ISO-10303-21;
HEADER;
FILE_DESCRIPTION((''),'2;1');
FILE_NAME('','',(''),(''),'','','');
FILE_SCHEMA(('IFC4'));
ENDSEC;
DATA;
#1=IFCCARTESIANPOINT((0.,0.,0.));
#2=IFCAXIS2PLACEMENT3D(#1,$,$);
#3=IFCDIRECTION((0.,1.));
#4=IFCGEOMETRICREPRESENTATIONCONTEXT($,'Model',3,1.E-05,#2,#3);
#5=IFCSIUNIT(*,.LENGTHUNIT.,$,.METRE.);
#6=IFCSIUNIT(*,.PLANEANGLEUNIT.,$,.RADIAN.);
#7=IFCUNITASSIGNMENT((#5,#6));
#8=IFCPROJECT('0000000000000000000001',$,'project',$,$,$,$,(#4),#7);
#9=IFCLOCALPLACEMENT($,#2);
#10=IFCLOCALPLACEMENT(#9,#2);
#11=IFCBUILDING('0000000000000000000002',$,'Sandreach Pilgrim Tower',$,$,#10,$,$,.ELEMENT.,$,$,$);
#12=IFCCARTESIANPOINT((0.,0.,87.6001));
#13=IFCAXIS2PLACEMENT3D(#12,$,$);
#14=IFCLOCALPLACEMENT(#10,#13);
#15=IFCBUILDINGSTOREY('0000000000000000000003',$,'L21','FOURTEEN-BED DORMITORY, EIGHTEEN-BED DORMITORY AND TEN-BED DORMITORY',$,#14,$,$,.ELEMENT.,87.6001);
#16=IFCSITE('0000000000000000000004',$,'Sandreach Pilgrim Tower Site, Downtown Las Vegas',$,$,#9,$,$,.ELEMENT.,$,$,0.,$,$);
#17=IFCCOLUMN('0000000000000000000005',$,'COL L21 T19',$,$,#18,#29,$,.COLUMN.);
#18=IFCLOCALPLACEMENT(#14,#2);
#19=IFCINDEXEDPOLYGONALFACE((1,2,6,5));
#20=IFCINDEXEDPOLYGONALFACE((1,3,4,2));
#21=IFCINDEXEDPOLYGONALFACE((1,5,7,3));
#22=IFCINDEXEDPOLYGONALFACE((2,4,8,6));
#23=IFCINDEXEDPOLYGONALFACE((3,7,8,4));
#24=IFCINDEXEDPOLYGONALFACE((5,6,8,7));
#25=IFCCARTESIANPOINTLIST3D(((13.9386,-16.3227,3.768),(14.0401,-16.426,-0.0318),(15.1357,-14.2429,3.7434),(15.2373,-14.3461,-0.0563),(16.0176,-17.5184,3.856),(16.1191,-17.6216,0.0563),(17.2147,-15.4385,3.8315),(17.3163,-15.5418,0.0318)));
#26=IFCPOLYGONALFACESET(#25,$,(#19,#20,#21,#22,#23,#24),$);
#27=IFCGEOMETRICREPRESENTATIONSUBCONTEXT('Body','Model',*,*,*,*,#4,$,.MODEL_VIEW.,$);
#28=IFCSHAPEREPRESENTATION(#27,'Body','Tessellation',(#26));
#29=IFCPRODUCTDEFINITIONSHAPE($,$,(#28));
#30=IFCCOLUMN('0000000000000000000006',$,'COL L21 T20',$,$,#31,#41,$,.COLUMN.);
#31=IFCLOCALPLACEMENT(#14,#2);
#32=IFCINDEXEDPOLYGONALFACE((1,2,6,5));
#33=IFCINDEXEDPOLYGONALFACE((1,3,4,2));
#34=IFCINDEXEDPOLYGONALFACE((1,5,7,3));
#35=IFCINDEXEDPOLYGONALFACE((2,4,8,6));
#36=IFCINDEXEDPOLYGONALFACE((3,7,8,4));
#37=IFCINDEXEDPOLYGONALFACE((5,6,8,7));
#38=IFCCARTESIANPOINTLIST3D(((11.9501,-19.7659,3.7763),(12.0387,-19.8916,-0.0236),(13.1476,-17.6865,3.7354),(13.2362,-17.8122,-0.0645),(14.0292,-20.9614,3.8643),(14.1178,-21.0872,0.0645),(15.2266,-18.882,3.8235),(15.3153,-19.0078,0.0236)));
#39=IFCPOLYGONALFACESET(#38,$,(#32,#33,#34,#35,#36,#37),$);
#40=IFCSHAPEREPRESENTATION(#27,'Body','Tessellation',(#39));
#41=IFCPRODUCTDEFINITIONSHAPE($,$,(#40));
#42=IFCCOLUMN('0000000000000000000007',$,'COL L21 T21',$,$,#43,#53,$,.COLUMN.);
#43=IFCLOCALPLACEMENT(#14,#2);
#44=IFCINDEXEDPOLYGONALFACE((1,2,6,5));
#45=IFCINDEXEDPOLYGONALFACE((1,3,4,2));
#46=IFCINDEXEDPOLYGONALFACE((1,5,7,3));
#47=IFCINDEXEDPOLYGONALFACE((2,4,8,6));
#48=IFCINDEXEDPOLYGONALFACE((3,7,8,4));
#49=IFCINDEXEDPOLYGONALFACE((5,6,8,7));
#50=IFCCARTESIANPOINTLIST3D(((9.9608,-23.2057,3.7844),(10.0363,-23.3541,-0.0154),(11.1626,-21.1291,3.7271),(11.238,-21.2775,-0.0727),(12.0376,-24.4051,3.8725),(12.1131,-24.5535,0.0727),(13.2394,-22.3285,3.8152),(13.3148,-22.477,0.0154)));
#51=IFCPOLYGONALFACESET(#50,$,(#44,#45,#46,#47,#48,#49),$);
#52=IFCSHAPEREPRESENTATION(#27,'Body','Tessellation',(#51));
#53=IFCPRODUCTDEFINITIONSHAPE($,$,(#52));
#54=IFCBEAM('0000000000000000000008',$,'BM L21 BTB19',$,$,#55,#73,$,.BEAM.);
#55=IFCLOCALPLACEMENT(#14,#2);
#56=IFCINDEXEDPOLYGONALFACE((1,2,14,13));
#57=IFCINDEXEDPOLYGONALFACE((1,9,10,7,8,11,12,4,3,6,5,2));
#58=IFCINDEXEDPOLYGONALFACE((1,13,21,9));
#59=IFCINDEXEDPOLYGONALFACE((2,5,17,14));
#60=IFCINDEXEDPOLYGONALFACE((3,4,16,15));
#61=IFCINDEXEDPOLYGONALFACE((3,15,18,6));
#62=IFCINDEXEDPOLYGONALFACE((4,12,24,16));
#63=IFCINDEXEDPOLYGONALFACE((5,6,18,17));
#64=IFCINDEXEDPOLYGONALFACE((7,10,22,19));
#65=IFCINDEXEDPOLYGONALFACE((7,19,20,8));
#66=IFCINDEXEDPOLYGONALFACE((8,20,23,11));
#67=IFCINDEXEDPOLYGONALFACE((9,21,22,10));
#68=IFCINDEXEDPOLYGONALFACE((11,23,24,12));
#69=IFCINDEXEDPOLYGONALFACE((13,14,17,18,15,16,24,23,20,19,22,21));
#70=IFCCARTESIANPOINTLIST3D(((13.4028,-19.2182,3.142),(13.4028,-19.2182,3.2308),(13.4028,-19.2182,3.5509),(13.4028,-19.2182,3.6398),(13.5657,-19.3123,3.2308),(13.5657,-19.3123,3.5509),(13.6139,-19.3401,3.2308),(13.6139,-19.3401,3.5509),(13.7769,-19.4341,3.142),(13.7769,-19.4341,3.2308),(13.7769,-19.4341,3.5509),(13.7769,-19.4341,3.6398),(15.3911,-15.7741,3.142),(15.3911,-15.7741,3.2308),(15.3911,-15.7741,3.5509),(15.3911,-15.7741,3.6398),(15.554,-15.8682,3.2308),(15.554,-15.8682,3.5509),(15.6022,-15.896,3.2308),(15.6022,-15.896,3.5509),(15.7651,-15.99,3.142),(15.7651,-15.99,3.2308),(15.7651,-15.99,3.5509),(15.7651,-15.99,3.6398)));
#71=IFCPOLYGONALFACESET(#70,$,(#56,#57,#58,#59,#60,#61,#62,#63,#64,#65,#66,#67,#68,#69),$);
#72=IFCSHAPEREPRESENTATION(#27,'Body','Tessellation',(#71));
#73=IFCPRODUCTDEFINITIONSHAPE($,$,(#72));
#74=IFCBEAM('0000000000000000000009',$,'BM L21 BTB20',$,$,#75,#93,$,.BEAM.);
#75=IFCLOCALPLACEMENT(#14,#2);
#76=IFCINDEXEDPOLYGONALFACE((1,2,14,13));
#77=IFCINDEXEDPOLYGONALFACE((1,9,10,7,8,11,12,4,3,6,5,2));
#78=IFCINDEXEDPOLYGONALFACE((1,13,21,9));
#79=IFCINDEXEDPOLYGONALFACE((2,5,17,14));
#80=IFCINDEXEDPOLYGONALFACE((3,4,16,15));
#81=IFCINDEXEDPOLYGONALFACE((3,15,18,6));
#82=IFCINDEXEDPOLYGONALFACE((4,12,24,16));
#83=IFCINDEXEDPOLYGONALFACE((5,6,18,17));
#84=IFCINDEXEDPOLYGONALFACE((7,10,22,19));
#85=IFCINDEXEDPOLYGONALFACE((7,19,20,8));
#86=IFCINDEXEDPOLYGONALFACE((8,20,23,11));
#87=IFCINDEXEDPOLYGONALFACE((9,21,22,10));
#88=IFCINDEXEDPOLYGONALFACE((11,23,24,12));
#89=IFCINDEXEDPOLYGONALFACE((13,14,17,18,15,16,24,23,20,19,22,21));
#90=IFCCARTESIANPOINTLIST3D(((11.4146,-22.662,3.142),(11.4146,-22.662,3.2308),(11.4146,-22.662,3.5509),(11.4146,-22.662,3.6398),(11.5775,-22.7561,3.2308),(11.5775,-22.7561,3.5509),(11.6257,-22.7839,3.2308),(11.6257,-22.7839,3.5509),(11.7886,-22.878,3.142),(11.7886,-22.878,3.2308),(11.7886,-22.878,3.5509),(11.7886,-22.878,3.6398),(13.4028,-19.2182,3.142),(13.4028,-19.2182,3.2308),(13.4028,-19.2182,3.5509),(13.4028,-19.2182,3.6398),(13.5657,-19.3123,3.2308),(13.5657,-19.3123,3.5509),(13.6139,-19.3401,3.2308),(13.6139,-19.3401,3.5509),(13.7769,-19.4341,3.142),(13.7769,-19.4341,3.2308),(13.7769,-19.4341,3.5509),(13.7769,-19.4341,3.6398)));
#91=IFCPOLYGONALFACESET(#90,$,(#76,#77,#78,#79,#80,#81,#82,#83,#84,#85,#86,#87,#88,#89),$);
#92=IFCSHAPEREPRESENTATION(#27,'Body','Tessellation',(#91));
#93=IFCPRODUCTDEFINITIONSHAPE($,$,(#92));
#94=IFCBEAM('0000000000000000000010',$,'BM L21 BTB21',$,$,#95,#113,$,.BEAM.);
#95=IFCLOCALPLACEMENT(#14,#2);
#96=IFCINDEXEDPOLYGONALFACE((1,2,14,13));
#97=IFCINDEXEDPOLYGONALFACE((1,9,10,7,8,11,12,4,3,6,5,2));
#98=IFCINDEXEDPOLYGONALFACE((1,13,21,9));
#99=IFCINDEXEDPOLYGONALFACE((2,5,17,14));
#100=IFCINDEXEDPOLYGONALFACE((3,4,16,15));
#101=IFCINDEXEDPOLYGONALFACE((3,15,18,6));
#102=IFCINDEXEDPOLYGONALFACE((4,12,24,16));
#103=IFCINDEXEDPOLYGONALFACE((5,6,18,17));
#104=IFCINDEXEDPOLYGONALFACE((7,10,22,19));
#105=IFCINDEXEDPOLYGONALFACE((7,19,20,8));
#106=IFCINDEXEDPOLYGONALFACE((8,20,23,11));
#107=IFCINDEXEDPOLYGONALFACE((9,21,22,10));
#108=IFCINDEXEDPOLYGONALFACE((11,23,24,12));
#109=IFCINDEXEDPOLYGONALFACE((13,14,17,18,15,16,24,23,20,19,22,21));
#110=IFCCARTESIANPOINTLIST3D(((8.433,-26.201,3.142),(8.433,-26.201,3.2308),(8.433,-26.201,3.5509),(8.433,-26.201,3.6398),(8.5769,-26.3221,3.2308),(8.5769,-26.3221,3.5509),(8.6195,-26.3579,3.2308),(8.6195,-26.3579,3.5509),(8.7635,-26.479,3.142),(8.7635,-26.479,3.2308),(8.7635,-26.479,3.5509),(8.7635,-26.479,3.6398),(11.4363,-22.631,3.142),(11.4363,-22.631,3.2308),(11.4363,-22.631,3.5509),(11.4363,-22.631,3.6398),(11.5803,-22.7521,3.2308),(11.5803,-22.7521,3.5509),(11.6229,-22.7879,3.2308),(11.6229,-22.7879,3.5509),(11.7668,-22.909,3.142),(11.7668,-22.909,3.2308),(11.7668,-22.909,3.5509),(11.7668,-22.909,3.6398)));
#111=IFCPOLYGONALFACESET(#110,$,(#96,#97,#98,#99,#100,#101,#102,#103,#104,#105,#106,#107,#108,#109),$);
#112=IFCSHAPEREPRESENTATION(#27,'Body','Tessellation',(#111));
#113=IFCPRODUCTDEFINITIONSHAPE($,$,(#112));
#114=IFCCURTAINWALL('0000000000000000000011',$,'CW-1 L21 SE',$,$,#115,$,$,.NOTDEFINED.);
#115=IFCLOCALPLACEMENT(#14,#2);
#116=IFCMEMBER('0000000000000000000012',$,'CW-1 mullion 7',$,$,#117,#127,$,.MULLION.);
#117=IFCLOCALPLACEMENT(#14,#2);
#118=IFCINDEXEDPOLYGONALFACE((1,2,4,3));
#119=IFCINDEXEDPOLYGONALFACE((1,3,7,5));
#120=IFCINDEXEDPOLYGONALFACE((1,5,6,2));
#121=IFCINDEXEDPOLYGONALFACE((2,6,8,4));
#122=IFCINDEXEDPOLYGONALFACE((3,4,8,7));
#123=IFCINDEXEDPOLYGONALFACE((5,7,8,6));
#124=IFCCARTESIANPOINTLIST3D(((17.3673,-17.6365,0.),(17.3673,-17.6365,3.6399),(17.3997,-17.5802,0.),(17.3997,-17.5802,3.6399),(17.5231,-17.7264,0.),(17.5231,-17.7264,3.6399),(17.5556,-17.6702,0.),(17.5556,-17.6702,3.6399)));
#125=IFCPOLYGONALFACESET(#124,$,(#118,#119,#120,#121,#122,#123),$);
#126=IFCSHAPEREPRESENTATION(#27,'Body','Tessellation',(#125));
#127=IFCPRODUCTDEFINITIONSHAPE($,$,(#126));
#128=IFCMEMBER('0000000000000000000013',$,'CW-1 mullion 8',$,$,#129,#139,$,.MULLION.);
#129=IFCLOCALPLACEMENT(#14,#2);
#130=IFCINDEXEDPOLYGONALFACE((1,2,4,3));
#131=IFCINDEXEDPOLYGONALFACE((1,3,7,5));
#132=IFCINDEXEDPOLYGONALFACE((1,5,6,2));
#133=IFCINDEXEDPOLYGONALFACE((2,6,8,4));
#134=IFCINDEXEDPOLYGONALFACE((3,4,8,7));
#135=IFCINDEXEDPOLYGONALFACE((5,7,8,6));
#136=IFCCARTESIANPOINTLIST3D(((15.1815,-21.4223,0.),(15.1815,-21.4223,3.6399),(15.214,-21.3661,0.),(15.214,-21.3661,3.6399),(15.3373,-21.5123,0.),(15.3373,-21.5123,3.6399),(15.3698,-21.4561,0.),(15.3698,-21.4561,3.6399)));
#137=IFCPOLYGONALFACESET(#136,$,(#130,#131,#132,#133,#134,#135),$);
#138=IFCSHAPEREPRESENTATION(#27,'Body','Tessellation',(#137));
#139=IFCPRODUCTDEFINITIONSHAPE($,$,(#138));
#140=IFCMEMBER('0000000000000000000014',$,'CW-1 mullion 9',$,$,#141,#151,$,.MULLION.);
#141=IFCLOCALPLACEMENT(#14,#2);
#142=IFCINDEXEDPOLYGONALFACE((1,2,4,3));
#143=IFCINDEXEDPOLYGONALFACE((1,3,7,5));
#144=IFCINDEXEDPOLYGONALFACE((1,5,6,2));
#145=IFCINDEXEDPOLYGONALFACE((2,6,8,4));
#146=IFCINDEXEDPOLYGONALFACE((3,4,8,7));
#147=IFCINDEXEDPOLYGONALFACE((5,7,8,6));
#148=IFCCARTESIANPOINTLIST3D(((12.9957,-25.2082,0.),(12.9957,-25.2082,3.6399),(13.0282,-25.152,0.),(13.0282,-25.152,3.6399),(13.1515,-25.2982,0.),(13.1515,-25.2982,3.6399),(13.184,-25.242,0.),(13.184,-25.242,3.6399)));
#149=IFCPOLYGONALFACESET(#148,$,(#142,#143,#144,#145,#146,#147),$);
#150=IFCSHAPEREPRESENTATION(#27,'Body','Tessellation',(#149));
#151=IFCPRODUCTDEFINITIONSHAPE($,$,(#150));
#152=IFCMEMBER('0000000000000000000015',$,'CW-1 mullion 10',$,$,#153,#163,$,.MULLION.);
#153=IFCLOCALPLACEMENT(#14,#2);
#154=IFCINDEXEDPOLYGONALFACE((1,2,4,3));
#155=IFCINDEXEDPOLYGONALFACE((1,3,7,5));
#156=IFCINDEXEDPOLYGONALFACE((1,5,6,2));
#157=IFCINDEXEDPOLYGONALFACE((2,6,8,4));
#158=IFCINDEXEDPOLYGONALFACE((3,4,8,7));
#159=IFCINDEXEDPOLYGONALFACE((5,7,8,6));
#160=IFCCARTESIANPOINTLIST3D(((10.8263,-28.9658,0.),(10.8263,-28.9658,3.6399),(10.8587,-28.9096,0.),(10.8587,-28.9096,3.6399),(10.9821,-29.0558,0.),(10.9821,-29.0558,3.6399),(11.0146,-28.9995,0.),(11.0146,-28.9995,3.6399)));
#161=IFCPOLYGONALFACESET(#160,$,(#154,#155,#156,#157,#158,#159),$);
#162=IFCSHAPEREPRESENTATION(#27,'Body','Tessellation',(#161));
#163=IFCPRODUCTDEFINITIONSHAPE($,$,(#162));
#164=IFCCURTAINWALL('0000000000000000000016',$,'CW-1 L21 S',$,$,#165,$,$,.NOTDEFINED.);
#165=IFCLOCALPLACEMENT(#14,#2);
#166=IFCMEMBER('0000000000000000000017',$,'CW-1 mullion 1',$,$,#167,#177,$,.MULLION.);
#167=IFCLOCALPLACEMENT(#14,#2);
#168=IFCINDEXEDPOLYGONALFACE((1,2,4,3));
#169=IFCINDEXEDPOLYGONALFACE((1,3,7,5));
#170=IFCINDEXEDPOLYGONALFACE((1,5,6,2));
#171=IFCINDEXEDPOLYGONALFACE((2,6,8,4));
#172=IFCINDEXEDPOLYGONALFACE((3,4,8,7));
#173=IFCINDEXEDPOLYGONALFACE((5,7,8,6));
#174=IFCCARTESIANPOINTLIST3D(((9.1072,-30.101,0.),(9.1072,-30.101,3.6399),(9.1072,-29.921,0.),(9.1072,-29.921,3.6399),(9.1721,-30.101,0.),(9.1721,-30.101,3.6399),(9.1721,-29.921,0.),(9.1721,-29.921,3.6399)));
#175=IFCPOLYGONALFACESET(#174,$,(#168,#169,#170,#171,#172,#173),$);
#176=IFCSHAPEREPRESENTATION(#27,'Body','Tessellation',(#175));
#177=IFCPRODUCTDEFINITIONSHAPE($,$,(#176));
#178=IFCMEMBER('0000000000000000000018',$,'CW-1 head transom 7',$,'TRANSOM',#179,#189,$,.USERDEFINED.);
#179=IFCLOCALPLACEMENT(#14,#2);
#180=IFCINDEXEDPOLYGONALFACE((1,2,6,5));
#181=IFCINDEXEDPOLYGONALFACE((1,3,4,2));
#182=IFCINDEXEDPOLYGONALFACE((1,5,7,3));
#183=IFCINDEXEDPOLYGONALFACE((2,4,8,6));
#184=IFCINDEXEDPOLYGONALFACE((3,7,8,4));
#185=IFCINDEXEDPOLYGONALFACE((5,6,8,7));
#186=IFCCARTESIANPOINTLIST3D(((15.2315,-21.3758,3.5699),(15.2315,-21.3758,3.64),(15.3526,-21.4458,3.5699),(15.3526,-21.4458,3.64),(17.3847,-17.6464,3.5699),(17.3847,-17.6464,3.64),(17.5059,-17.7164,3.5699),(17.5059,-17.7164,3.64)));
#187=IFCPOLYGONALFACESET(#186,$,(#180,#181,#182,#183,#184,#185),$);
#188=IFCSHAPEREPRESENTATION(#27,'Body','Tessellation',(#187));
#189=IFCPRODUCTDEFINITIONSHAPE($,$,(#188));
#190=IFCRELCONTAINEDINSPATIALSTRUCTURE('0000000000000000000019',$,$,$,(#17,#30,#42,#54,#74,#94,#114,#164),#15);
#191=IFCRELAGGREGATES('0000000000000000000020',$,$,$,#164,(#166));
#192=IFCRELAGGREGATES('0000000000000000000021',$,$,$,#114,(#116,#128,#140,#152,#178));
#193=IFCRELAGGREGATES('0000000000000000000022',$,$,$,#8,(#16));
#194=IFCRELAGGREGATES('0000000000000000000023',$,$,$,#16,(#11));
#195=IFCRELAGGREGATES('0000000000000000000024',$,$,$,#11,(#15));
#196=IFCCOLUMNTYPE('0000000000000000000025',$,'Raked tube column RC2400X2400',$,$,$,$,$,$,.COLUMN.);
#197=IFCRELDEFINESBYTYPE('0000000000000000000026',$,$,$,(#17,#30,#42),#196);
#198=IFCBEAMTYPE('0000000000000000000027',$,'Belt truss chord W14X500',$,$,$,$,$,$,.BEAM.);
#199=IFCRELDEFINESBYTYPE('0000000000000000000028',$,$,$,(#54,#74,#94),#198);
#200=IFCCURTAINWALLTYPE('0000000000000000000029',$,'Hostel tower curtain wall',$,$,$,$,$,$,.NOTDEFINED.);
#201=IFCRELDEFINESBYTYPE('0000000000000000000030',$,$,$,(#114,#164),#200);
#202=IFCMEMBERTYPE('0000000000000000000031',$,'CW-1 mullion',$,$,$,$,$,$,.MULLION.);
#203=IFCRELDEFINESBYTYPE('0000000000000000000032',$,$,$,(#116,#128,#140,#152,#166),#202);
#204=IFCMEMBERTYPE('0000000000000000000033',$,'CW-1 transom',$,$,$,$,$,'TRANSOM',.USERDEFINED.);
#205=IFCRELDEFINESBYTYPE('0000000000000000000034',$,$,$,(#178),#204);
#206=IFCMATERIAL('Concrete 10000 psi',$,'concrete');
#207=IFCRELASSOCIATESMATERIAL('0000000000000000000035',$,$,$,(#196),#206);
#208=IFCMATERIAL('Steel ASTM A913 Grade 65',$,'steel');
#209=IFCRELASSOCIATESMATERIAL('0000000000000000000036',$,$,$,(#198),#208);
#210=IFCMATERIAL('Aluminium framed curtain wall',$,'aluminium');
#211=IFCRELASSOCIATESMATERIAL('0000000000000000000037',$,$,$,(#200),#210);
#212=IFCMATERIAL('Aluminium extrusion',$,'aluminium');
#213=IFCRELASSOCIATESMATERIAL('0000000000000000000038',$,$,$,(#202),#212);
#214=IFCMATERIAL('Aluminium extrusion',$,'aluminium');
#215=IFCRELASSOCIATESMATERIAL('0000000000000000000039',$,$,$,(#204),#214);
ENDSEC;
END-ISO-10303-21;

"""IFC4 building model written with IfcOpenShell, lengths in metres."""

from ifc_helpers import new_model, si_unit, direction, frame, origin, origin_2d, place, context, subcontext, project, spatial, rectangle, i_section, extrude, material, material_profile, profile_set, type_object, element, aggregate, save


model = new_model("IFC4")

# Units and contexts
model_context = context("Model", 3, precision=1e-05, world=origin(), true_north=direction((0.0, 1.0)))
body_context = subcontext(model_context, "Body", "Model", "MODEL_VIEW")
ifc_project = project(units=[si_unit("LENGTHUNIT", "METRE"), si_unit("PLANEANGLEUNIT", "RADIAN")], contexts=[model_context])

# Site, building, storey
site_placement = place(None, origin())
site = spatial("IfcSite", under=ifc_project, at=site_placement, Name="Sandreach Pilgrim Tower Site, Downtown Las Vegas", CompositionType="ELEMENT", RefElevation=0.0)
building_placement = place(site_placement, origin())
building = spatial("IfcBuilding", under=site, at=building_placement, Name="Sandreach Pilgrim Tower", CompositionType="ELEMENT")
storey_placement = place(building_placement, frame((0.0, 0.0, 87.6001)))
storey = spatial("IfcBuildingStorey", under=building, at=storey_placement, Name="L21", Description="FOURTEEN-BED DORMITORY, EIGHTEEN-BED DORMITORY AND TEN-BED DORMITORY", CompositionType="ELEMENT", Elevation=87.6001)

# Columns
ifc_material_1 = material(Name="Concrete 10000 psi", Category="concrete")
ifc_material_profile_1 = material_profile(ifc_material_1, rectangle(XDim=2.3999, YDim=2.3999, at=origin_2d()), Name="RC2400X2400")
ifc_profile_set_1 = profile_set([ifc_material_profile_1], Name="Concrete 10000 psi")
column_type = type_object("IfcColumnType", Name="Raked tube column RC2400X2400", PredefinedType="COLUMN", material=ifc_profile_set_1)
column_1_placement = place(storey_placement, frame((15.6782, -15.9839, 0.0), z_axis=(-0.026709, 0.027158, 0.999274), x_axis=(0.866285, -0.4982, 0.036695)))
element("IfcColumn", 1, at=column_1_placement, inside=storey, type_object=column_type, Name="COL L21 T19", PredefinedType="COLUMN", context=body_context, shape_type="SweptSolid", body=[
    extrude(rectangle(XDim=2.3999, YDim=2.3999, at=origin_2d()), origin(), (0.0, 0.0, 1.0), 3.8025),
])
column_2_placement = place(storey_placement, frame((13.677, -19.4497, 0.0), z_axis=(-0.023304, 0.033062, 0.999182), x_axis=(0.86631, -0.498157, 0.036689)))
element("IfcColumn", 2, at=column_2_placement, inside=storey, type_object=column_type, Name="COL L21 T20", PredefinedType="COLUMN", context=body_context, shape_type="SweptSolid", body=[
    extrude(rectangle(XDim=2.3999, YDim=2.3999, at=origin_2d()), origin(), (0.0, 0.0, 1.0), 3.803),
])
column_3_placement = place(storey_placement, frame((11.6755, -22.9155, 0.0), z_axis=(-0.019834, 0.039027, 0.999041), x_axis=(0.865371, -0.499786, 0.036705)))
element("IfcColumn", 3, at=column_3_placement, inside=storey, type_object=column_type, Name="COL L21 T21", PredefinedType="COLUMN", context=body_context, shape_type="SweptSolid", body=[
    extrude(rectangle(XDim=2.3999, YDim=2.3999, at=origin_2d()), origin(), (0.0, 0.0, 1.0), 3.8035),
])

# Beams
ifc_material_2 = material(Name="Steel ASTM A913 Grade 65", Category="steel")
ifc_material_profile_2 = material_profile(ifc_material_2, i_section(OverallWidth=0.4319, OverallDepth=0.4978, WebThickness=0.0557, FlangeThickness=0.0889, at=origin_2d()), Name="W14X500")
ifc_profile_set_2 = profile_set([ifc_material_profile_2], Name="Steel ASTM A913 Grade 65")
beam_type_1 = type_object("IfcBeamType", Name="Belt truss chord W14X500", PredefinedType="BEAM", material=ifc_profile_set_2)
beam_1_placement = place(storey_placement, frame((15.5781, -15.8821, 3.3909), z_axis=(-0.499969, -0.866043, 0.0), x_axis=(0.866043, -0.499969, 0.0)))
element("IfcBeam", 4, at=beam_1_placement, inside=storey, type_object=beam_type_1, Name="BM L21 BTB19", PredefinedType="BEAM", context=body_context, shape_type="SweptSolid", body=[
    extrude(i_section(OverallWidth=0.4319, OverallDepth=0.4978, WebThickness=0.0557, FlangeThickness=0.0889, at=origin_2d()), origin(), (0.0, 0.0, 1.0), 3.9768),
])
beam_2_placement = place(storey_placement, frame((13.5898, -19.3262, 3.3909), z_axis=(-0.499995, -0.866028, 0.0), x_axis=(0.866028, -0.499995, 0.0)))
element("IfcBeam", 5, at=beam_2_placement, inside=storey, type_object=beam_type_1, Name="BM L21 BTB20", PredefinedType="BEAM", context=body_context, shape_type="SweptSolid", body=[
    extrude(i_section(OverallWidth=0.4319, OverallDepth=0.4978, WebThickness=0.0557, FlangeThickness=0.0889, at=origin_2d()), origin(), (0.0, 0.0, 1.0), 3.9766),
])
beam_3_placement = place(storey_placement, frame((11.6016, -22.77, 3.3909), z_axis=(-0.643765, -0.765223, 0.0), x_axis=(0.765223, -0.643765, 0.0)))
element("IfcBeam", 6, at=beam_3_placement, inside=storey, type_object=beam_type_1, Name="BM L21 BTB21", PredefinedType="BEAM", context=body_context, shape_type="SweptSolid", body=[
    extrude(i_section(OverallWidth=0.4319, OverallDepth=0.4978, WebThickness=0.0557, FlangeThickness=0.0889, at=origin_2d()), origin(), (0.0, 0.0, 1.0), 4.6653),
])

# Curtain wall, members
ifc_material_3 = material(Name="Aluminium framed curtain wall", Category="aluminium")
curtain_wall_type = type_object("IfcCurtainWallType", Name="Hostel tower curtain wall", PredefinedType="NOTDEFINED", material=ifc_material_3)
curtain_wall_1_placement = place(storey_placement, origin())
curtain_wall_1 = element("IfcCurtainWall", 7, at=curtain_wall_1_placement, inside=storey, type_object=curtain_wall_type, Name="CW-1 L21 SE", PredefinedType="NOTDEFINED")
ifc_material_4 = material(Name="Aluminium extrusion", Category="aluminium")
ifc_material_profile_3 = material_profile(ifc_material_4, rectangle(XDim=0.0649, YDim=0.1799, at=origin_2d()), Name="CW-1M 65X180")
ifc_profile_set_3 = profile_set([ifc_material_profile_3], Name="Aluminium extrusion")
member_type_1 = type_object("IfcMemberType", Name="CW-1 mullion", PredefinedType="MULLION", material=ifc_profile_set_3)
member_1_placement = place(storey_placement, frame((17.4614, -17.6533, 0.0), z_axis=(0.0, 0.0, 1.0), x_axis=(-0.5, -0.866025, 0.0)))
member_1 = element("IfcMember", 8, at=member_1_placement, type_object=member_type_1, Name="CW-1 mullion 7", PredefinedType="MULLION", context=body_context, shape_type="SweptSolid", body=[
    extrude(rectangle(XDim=0.0649, YDim=0.1799, at=origin_2d()), origin(), (0.0, 0.0, 1.0), 3.6399),
])
member_2_placement = place(storey_placement, frame((15.2756, -21.4392, 0.0), z_axis=(0.0, 0.0, 1.0), x_axis=(-0.5, -0.866025, 0.0)))
member_2 = element("IfcMember", 9, at=member_2_placement, type_object=member_type_1, Name="CW-1 mullion 8", PredefinedType="MULLION", context=body_context, shape_type="SweptSolid", body=[
    extrude(rectangle(XDim=0.0649, YDim=0.1799, at=origin_2d()), origin(), (0.0, 0.0, 1.0), 3.6399),
])
member_3_placement = place(storey_placement, frame((13.0898, -25.2251, 0.0), z_axis=(0.0, 0.0, 1.0), x_axis=(-0.5, -0.866025, 0.0)))
member_3 = element("IfcMember", 10, at=member_3_placement, type_object=member_type_1, Name="CW-1 mullion 9", PredefinedType="MULLION", context=body_context, shape_type="SweptSolid", body=[
    extrude(rectangle(XDim=0.0649, YDim=0.1799, at=origin_2d()), origin(), (0.0, 0.0, 1.0), 3.6399),
])
member_4_placement = place(storey_placement, frame((10.9204, -28.9827, 0.0), z_axis=(0.0, 0.0, 1.0), x_axis=(-0.5, -0.866025, 0.0)))
member_4 = element("IfcMember", 11, at=member_4_placement, type_object=member_type_1, Name="CW-1 mullion 10", PredefinedType="MULLION", context=body_context, shape_type="SweptSolid", body=[
    extrude(rectangle(XDim=0.0649, YDim=0.1799, at=origin_2d()), origin(), (0.0, 0.0, 1.0), 3.6399),
])

# Curtain wall, member
curtain_wall_2_placement = place(storey_placement, origin())
curtain_wall_2 = element("IfcCurtainWall", 12, at=curtain_wall_2_placement, inside=storey, type_object=curtain_wall_type, Name="CW-1 L21 S", PredefinedType="NOTDEFINED")
member_5_placement = place(storey_placement, frame((9.1396, -30.011, 0.0), z_axis=(0.0, 0.0, 1.0), x_axis=(-1.0, 0.0, 0.0)))
member_5 = element("IfcMember", 13, at=member_5_placement, type_object=member_type_1, Name="CW-1 mullion 1", PredefinedType="MULLION", context=body_context, shape_type="SweptSolid", body=[
    extrude(rectangle(XDim=0.0649, YDim=0.1799, at=origin_2d()), origin(), (0.0, 0.0, 1.0), 3.6399),
])

# Member
ifc_material_5 = material(Name="Aluminium extrusion", Category="aluminium")
ifc_material_profile_4 = material_profile(ifc_material_5, rectangle(XDim=0.1399, YDim=0.0701, at=origin_2d()), Name="CW-1T 140X70")
ifc_profile_set_4 = profile_set([ifc_material_profile_4], Name="Aluminium extrusion")
member_type_2 = type_object("IfcMemberType", Name="CW-1 transom", ElementType="TRANSOM", PredefinedType="USERDEFINED", material=ifc_profile_set_4)
member_6_placement = place(storey_placement, frame((17.4453, -17.6814, 3.605), z_axis=(-0.500017, -0.866016, 0.0), x_axis=(0.866016, -0.500017, 0.0)))
member_6 = element("IfcMember", 14, at=member_6_placement, type_object=member_type_2, Name="CW-1 head transom 7", ObjectType="TRANSOM", PredefinedType="USERDEFINED", context=body_context, shape_type="SweptSolid", body=[
    extrude(rectangle(XDim=0.1399, YDim=0.0701, at=origin_2d()), origin(), (0.0, 0.0, 1.0), 4.3064),
])
aggregate(curtain_wall_2, [member_5])

aggregate(curtain_wall_1, [member_1, member_2, member_3, member_4, member_6])

save(model, "model.ifc")
